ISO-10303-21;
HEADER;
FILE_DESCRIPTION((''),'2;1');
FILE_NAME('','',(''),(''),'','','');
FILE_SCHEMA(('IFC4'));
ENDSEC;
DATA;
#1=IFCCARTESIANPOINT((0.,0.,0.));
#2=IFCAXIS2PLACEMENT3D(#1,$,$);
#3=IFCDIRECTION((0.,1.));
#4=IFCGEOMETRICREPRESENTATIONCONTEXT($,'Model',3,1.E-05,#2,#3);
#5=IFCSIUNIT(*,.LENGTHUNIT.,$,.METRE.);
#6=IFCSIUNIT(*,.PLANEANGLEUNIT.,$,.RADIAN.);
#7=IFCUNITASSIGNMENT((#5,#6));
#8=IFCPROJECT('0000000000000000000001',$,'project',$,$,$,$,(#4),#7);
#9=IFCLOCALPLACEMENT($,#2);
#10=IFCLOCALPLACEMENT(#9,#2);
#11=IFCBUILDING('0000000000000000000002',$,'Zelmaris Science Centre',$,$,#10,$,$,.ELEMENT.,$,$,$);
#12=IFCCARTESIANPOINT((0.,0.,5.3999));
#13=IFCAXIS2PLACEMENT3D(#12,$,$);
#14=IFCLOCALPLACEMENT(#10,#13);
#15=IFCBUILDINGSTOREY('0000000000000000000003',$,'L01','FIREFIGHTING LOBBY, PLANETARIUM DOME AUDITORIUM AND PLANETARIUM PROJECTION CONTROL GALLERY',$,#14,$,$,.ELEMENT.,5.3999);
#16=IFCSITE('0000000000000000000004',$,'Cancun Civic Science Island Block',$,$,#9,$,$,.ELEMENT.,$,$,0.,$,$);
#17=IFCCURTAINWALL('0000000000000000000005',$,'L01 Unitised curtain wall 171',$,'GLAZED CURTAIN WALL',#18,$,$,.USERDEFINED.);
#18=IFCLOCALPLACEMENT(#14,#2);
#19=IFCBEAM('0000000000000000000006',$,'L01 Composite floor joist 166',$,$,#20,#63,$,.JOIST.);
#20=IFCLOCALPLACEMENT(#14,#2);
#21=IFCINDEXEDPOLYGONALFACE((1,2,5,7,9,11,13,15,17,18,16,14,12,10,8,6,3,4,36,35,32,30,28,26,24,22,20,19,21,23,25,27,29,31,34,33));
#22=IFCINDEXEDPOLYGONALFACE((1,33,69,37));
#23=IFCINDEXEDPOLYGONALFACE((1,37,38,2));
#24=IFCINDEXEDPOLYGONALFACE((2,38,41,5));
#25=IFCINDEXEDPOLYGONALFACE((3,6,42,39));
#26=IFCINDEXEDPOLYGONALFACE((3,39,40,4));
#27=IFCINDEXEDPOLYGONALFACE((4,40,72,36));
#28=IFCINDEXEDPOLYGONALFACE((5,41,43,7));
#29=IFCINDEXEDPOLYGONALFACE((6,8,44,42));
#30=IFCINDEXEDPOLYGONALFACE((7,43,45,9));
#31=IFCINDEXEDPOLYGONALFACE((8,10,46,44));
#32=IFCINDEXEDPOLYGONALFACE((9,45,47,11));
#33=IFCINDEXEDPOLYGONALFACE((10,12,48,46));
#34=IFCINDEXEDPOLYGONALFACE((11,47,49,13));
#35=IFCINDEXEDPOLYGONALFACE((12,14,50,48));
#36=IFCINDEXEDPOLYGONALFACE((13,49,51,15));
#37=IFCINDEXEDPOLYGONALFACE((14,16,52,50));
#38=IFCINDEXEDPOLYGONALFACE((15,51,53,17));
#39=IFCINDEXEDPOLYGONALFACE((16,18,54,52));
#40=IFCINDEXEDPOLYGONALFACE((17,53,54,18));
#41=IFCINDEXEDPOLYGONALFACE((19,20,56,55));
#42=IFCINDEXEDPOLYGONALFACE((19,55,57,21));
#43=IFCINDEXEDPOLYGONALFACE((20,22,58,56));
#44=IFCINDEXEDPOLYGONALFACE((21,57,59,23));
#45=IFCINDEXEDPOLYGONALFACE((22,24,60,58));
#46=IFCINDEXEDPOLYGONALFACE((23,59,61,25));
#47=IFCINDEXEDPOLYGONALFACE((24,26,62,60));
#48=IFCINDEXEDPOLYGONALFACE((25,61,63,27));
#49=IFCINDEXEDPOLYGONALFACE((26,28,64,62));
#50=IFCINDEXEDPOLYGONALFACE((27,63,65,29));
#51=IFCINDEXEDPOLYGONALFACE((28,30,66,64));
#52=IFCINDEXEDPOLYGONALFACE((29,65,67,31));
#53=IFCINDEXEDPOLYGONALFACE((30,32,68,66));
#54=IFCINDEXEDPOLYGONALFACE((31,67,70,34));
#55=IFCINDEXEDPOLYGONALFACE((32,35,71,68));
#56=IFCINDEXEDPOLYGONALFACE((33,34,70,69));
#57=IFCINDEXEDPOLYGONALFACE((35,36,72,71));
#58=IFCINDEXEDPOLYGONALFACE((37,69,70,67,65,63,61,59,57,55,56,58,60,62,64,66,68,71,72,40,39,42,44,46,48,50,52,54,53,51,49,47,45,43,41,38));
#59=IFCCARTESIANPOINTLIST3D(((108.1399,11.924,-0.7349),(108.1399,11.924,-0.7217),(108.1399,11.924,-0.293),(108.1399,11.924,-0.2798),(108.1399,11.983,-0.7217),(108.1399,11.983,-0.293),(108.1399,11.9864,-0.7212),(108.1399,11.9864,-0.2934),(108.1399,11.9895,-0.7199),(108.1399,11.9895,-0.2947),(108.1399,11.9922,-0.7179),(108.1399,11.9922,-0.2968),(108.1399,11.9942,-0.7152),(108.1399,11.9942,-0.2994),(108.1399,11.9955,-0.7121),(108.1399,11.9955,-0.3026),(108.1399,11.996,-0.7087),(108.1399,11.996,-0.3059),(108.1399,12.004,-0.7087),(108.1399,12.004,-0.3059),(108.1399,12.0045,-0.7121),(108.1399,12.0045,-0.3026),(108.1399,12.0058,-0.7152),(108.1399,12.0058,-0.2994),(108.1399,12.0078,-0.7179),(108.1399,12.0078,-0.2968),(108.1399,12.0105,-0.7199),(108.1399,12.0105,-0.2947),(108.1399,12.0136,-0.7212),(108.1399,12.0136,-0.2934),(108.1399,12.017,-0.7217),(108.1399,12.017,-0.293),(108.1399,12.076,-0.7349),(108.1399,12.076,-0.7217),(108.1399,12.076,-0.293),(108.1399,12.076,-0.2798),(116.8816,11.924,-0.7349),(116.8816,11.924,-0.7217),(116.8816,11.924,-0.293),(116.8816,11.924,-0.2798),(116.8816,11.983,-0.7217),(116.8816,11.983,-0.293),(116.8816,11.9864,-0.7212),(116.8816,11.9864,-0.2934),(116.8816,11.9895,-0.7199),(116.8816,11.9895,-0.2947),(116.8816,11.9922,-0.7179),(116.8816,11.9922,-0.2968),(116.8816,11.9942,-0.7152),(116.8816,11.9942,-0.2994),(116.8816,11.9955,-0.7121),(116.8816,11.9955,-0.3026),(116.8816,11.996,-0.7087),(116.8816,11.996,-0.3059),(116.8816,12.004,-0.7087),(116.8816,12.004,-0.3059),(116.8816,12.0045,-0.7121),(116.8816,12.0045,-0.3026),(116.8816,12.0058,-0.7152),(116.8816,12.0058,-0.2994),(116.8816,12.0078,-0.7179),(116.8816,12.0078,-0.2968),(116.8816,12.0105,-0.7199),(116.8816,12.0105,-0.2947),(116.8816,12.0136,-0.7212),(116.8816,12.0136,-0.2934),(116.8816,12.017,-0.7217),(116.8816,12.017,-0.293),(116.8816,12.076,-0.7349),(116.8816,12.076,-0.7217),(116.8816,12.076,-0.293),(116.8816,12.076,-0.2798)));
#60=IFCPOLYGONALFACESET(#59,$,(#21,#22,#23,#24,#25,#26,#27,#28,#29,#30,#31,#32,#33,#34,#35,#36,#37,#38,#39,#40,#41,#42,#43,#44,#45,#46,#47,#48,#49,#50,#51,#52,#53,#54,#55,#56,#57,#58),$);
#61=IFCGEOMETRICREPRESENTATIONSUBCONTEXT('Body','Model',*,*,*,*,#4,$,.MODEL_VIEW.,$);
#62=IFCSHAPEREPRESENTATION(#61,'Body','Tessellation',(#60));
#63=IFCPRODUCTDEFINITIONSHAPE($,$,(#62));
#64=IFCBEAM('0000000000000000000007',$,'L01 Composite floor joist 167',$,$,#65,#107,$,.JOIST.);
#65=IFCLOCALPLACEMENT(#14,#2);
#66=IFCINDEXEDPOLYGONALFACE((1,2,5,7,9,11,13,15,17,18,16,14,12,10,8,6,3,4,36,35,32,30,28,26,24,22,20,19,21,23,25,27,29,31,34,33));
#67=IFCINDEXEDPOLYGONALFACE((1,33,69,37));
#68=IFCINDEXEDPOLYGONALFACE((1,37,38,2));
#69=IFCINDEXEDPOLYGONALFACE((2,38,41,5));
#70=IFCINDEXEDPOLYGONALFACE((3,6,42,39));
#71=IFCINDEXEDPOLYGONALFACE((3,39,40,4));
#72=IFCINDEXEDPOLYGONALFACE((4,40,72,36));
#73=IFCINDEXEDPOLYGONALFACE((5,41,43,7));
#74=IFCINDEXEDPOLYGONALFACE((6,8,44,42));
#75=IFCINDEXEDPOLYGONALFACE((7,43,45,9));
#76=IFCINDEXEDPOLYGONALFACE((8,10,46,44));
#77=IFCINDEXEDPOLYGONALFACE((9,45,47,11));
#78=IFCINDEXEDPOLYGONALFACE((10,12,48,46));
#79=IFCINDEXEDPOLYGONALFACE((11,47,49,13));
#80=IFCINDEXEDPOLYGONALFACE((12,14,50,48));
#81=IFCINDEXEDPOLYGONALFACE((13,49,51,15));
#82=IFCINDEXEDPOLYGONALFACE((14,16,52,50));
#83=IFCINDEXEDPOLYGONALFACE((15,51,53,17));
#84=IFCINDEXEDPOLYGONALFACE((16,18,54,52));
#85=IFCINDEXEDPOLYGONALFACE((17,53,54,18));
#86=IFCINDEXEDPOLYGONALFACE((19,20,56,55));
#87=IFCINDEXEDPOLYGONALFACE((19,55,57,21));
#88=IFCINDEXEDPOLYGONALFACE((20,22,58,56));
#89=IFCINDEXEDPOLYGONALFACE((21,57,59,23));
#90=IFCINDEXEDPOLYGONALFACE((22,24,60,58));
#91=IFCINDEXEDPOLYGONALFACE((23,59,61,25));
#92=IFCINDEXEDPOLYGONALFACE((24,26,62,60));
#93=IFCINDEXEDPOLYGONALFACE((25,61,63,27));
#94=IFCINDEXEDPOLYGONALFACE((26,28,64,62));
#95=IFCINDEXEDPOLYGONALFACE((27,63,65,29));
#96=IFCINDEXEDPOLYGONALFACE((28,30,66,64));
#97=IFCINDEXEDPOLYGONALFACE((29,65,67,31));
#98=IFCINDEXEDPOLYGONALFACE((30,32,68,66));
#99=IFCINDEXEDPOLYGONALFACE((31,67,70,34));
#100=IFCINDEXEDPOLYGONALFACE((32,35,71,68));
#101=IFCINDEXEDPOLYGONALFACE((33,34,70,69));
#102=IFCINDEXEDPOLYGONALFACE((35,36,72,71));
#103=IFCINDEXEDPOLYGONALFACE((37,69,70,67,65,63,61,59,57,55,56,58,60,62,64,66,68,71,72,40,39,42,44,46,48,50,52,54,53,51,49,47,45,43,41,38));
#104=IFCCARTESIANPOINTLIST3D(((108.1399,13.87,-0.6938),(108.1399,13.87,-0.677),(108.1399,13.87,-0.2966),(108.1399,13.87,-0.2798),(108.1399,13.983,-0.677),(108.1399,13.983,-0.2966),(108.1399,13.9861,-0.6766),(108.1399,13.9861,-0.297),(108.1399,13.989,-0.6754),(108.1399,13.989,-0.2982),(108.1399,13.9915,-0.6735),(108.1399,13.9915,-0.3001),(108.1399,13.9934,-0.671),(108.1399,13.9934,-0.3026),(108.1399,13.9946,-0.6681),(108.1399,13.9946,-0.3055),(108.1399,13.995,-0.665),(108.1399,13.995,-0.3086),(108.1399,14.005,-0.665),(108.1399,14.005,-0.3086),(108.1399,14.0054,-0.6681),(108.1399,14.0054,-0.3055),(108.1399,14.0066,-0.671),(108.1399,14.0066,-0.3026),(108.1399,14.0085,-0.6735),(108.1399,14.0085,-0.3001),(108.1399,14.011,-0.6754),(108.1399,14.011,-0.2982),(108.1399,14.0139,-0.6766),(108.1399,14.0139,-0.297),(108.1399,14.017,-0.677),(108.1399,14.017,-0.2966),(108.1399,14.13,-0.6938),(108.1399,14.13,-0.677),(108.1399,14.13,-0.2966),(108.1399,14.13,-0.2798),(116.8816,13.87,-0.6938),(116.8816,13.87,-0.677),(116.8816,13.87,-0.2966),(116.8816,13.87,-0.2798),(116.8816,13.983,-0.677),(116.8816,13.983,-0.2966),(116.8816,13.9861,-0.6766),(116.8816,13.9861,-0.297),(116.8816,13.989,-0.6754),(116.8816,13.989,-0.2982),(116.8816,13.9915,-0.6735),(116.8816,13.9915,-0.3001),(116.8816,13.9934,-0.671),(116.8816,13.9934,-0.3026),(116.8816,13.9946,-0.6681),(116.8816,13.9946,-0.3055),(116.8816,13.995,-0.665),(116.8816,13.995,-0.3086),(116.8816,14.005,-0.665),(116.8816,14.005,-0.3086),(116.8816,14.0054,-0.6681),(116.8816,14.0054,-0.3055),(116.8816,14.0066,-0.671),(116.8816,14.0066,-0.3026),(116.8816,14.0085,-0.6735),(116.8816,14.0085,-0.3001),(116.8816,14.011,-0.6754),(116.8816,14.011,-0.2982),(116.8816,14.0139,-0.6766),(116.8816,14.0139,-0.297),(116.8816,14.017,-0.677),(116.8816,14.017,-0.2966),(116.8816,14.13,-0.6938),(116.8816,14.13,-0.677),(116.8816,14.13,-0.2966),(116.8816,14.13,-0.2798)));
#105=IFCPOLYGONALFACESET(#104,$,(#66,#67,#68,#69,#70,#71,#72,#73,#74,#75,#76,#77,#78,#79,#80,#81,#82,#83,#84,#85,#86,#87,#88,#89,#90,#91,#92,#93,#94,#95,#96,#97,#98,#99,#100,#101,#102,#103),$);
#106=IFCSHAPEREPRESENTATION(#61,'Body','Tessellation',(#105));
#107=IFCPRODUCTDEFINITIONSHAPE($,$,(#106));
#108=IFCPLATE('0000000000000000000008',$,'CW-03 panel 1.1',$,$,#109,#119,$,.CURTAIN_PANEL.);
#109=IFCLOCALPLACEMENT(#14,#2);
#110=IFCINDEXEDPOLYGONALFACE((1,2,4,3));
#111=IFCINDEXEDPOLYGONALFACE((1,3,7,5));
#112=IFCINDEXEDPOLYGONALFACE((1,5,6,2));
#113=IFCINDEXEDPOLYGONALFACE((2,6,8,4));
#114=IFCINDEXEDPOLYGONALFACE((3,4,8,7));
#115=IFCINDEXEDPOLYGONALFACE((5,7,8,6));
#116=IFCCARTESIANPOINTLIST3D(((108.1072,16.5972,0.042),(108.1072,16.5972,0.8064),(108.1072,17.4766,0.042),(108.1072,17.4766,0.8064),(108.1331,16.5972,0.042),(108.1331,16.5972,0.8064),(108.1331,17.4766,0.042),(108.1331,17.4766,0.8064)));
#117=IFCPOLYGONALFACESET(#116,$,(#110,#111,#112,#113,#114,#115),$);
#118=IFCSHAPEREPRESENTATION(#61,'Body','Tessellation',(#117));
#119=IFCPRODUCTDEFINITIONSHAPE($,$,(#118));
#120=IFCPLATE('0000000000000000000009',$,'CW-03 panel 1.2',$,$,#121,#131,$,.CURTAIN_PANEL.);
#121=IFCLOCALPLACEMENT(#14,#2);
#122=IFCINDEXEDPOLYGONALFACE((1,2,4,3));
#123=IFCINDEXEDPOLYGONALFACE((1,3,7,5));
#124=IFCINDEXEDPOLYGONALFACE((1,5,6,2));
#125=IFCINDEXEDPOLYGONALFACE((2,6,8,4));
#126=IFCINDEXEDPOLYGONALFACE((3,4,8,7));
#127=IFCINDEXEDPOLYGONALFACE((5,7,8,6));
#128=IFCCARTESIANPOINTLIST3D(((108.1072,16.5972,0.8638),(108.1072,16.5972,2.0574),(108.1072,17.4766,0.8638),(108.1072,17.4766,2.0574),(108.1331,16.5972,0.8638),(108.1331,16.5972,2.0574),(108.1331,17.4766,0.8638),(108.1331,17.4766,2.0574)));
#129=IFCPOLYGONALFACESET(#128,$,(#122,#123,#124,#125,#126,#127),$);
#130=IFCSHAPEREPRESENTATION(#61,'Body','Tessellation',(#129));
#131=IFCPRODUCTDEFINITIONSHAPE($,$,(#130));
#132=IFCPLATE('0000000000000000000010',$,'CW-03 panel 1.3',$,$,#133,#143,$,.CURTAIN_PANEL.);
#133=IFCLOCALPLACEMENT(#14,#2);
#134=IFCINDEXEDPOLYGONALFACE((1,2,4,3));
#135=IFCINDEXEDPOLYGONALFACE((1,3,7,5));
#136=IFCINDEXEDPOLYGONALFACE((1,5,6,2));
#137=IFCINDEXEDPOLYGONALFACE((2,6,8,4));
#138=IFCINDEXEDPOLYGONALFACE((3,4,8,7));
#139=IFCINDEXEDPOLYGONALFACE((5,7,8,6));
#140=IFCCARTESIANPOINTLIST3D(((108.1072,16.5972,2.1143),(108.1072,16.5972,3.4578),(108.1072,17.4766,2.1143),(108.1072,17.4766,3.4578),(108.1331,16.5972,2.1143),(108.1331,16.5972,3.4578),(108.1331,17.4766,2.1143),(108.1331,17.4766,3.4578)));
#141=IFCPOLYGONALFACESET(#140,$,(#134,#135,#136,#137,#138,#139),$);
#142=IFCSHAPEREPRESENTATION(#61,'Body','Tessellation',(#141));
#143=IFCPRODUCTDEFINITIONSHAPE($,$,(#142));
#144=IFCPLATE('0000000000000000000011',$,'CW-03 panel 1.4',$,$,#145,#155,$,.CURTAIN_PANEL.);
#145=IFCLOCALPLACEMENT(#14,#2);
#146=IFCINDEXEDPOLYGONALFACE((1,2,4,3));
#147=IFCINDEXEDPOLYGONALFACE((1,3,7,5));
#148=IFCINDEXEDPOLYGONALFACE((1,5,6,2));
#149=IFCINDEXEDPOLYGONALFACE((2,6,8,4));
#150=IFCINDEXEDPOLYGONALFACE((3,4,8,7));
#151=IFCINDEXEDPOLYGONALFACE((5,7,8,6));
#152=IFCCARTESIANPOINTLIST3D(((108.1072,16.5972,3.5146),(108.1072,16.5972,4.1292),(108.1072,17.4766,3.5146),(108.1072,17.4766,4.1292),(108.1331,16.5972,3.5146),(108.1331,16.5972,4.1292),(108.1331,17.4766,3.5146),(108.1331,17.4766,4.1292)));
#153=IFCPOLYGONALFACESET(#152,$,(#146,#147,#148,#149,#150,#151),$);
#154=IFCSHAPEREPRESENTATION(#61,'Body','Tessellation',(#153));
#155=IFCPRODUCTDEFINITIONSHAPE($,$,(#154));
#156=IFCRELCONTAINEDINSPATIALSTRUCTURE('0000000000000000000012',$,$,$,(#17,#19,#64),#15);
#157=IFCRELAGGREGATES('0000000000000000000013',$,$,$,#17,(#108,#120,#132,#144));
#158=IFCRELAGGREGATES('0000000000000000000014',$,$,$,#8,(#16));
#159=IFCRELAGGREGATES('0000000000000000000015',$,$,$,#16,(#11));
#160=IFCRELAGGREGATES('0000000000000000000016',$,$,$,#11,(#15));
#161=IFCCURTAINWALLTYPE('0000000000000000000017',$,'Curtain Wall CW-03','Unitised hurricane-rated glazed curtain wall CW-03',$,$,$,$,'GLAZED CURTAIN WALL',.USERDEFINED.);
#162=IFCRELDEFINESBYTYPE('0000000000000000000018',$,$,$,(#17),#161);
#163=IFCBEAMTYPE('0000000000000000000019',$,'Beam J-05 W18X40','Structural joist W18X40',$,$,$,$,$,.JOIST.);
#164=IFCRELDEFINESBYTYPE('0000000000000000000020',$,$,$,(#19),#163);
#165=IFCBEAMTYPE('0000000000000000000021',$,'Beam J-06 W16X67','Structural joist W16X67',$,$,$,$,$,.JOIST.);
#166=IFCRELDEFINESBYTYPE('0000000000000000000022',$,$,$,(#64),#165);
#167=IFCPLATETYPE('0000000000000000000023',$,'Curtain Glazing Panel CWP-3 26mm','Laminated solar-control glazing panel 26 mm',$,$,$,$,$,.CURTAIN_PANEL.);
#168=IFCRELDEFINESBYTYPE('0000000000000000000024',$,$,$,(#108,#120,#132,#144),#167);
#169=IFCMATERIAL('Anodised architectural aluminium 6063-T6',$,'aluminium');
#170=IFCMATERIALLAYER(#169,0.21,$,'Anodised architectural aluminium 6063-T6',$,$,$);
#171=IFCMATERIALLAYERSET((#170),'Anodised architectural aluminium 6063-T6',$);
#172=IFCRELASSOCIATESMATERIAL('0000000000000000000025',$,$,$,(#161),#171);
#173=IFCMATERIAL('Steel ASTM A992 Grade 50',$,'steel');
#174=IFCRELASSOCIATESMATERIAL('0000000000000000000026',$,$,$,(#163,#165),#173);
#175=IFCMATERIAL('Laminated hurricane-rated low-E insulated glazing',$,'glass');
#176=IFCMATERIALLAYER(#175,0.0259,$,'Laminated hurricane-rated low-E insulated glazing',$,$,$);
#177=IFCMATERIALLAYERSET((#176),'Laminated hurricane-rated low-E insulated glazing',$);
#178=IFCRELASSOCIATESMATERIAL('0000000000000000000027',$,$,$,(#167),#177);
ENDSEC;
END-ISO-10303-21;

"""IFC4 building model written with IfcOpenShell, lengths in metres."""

from ifc_helpers import new_model, si_unit, direction, frame, origin, origin_2d, place, context, subcontext, project, spatial, rectangle, i_section, extrude, material, layer, layer_set, material_profile, profile_set, type_object, element, aggregate, save


model = new_model("IFC4")

# Units and contexts
model_context = context("Model", 3, precision=1e-05, world=origin(), true_north=direction((0.0, 1.0)))
body_context = subcontext(model_context, "Body", "Model", "MODEL_VIEW")
ifc_project = project(units=[si_unit("LENGTHUNIT", "METRE"), si_unit("PLANEANGLEUNIT", "RADIAN")], contexts=[model_context])

# Site, building, storey
site_placement = place(None, origin())
site = spatial("IfcSite", under=ifc_project, at=site_placement, Name="Cancun Civic Science Island Block", CompositionType="ELEMENT", RefElevation=0.0)
building_placement = place(site_placement, origin())
building = spatial("IfcBuilding", under=site, at=building_placement, Name="Zelmaris Science Centre", CompositionType="ELEMENT")
storey_placement = place(building_placement, frame((0.0, 0.0, 5.3999)))
storey = spatial("IfcBuildingStorey", under=building, at=storey_placement, Name="L01", Description="FIREFIGHTING LOBBY, PLANETARIUM DOME AUDITORIUM AND PLANETARIUM PROJECTION CONTROL GALLERY", CompositionType="ELEMENT", Elevation=5.3999)

# Shared definitions
ifc_material_1 = material(Name="Steel ASTM A992 Grade 50", Category="steel")

# Curtain wall
ifc_material_2 = material(Name="Anodised architectural aluminium 6063-T6", Category="aluminium")
ifc_layer_1 = layer(ifc_material_2, 0.21, Name="Anodised architectural aluminium 6063-T6")
ifc_layer_set_1 = layer_set([ifc_layer_1], Name="Anodised architectural aluminium 6063-T6")
curtain_wall_type = type_object("IfcCurtainWallType", Name="Curtain Wall CW-03", Description="Unitised hurricane-rated glazed curtain wall CW-03", ElementType="GLAZED CURTAIN WALL", PredefinedType="USERDEFINED", material=ifc_layer_set_1)
curtain_wall_placement = place(storey_placement, origin())
curtain_wall = element("IfcCurtainWall", 1, at=curtain_wall_placement, inside=storey, type_object=curtain_wall_type, Name="L01 Unitised curtain wall 171", ObjectType="GLAZED CURTAIN WALL", PredefinedType="USERDEFINED")

# Beams
ifc_material_profile_1 = material_profile(ifc_material_1, i_section(OverallWidth=0.1521, OverallDepth=0.4551, WebThickness=0.0081, FlangeThickness=0.0132, FilletRadius=0.0129, at=origin_2d()), Name="W18X40")
ifc_profile_set_1 = profile_set([ifc_material_profile_1], Name="Steel ASTM A992 Grade 50")
beam_type_1 = type_object("IfcBeamType", Name="Beam J-05 W18X40", Description="Structural joist W18X40", PredefinedType="JOIST", material=ifc_profile_set_1)
beam_1_placement = place(storey_placement, frame((108.1399, 12.0, -0.5073), z_axis=(1.0, 0.0, 0.0), x_axis=(0.0, 1.0, 0.0)))
element("IfcBeam", 2, at=beam_1_placement, inside=storey, type_object=beam_type_1, Name="L01 Composite floor joist 166", PredefinedType="JOIST", context=body_context, shape_type="SweptSolid", body=[
    extrude(i_section(OverallWidth=0.1521, OverallDepth=0.4551, WebThickness=0.0081, FlangeThickness=0.0132, FilletRadius=0.0129, at=origin_2d()), origin(), (0.0, 0.0, 1.0), 8.7417),
])
ifc_material_profile_2 = material_profile(ifc_material_1, i_section(OverallWidth=0.26, OverallDepth=0.4141, WebThickness=0.01, FlangeThickness=0.0168, FilletRadius=0.012, at=origin_2d()), Name="W16X67")
ifc_profile_set_2 = profile_set([ifc_material_profile_2], Name="Steel ASTM A992 Grade 50")
beam_type_2 = type_object("IfcBeamType", Name="Beam J-06 W16X67", Description="Structural joist W16X67", PredefinedType="JOIST", material=ifc_profile_set_2)
beam_2_placement = place(storey_placement, frame((108.1399, 14.0, -0.4868), z_axis=(1.0, 0.0, 0.0), x_axis=(0.0, 1.0, 0.0)))
element("IfcBeam", 3, at=beam_2_placement, inside=storey, type_object=beam_type_2, Name="L01 Composite floor joist 167", PredefinedType="JOIST", context=body_context, shape_type="SweptSolid", body=[
    extrude(i_section(OverallWidth=0.26, OverallDepth=0.4141, WebThickness=0.01, FlangeThickness=0.0168, FilletRadius=0.012, at=origin_2d()), origin(), (0.0, 0.0, 1.0), 8.7417),
])

# Plates
ifc_material_3 = material(Name="Laminated hurricane-rated low-E insulated glazing", Category="glass")
ifc_layer_2 = layer(ifc_material_3, 0.0259, Name="Laminated hurricane-rated low-E insulated glazing")
ifc_layer_set_2 = layer_set([ifc_layer_2], Name="Laminated hurricane-rated low-E insulated glazing")
plate_type = type_object("IfcPlateType", Name="Curtain Glazing Panel CWP-3 26mm", Description="Laminated solar-control glazing panel 26 mm", PredefinedType="CURTAIN_PANEL", material=ifc_layer_set_2)
plate_1_placement = place(storey_placement, frame((108.1201, 17.0369, 0.042), z_axis=(0.0, 0.0, 1.0), x_axis=(0.0, 1.0, 0.0)))
plate_1 = element("IfcPlate", 4, at=plate_1_placement, type_object=plate_type, Name="CW-03 panel 1.1", PredefinedType="CURTAIN_PANEL", context=body_context, shape_type="SweptSolid", body=[
    extrude(rectangle(XDim=0.8794, YDim=0.0259, at=origin_2d()), origin(), (0.0, 0.0, 1.0), 0.7644),
])
plate_2_placement = place(storey_placement, frame((108.1201, 17.0369, 0.8638), z_axis=(0.0, 0.0, 1.0), x_axis=(0.0, 1.0, 0.0)))
plate_2 = element("IfcPlate", 5, at=plate_2_placement, type_object=plate_type, Name="CW-03 panel 1.2", PredefinedType="CURTAIN_PANEL", context=body_context, shape_type="SweptSolid", body=[
    extrude(rectangle(XDim=0.8794, YDim=0.0259, at=origin_2d()), origin(), (0.0, 0.0, 1.0), 1.1936),
])
plate_3_placement = place(storey_placement, frame((108.1201, 17.0369, 2.1143), z_axis=(0.0, 0.0, 1.0), x_axis=(0.0, 1.0, 0.0)))
plate_3 = element("IfcPlate", 6, at=plate_3_placement, type_object=plate_type, Name="CW-03 panel 1.3", PredefinedType="CURTAIN_PANEL", context=body_context, shape_type="SweptSolid", body=[
    extrude(rectangle(XDim=0.8794, YDim=0.0259, at=origin_2d()), origin(), (0.0, 0.0, 1.0), 1.3435),
])
plate_4_placement = place(storey_placement, frame((108.1201, 17.0369, 3.5146), z_axis=(0.0, 0.0, 1.0), x_axis=(0.0, 1.0, 0.0)))
plate_4 = element("IfcPlate", 7, at=plate_4_placement, type_object=plate_type, Name="CW-03 panel 1.4", PredefinedType="CURTAIN_PANEL", context=body_context, shape_type="SweptSolid", body=[
    extrude(rectangle(XDim=0.8794, YDim=0.0259, at=origin_2d()), origin(), (0.0, 0.0, 1.0), 0.6145),
])
aggregate(curtain_wall, [plate_1, plate_2, plate_3, plate_4])

save(model, "model.ifc")
